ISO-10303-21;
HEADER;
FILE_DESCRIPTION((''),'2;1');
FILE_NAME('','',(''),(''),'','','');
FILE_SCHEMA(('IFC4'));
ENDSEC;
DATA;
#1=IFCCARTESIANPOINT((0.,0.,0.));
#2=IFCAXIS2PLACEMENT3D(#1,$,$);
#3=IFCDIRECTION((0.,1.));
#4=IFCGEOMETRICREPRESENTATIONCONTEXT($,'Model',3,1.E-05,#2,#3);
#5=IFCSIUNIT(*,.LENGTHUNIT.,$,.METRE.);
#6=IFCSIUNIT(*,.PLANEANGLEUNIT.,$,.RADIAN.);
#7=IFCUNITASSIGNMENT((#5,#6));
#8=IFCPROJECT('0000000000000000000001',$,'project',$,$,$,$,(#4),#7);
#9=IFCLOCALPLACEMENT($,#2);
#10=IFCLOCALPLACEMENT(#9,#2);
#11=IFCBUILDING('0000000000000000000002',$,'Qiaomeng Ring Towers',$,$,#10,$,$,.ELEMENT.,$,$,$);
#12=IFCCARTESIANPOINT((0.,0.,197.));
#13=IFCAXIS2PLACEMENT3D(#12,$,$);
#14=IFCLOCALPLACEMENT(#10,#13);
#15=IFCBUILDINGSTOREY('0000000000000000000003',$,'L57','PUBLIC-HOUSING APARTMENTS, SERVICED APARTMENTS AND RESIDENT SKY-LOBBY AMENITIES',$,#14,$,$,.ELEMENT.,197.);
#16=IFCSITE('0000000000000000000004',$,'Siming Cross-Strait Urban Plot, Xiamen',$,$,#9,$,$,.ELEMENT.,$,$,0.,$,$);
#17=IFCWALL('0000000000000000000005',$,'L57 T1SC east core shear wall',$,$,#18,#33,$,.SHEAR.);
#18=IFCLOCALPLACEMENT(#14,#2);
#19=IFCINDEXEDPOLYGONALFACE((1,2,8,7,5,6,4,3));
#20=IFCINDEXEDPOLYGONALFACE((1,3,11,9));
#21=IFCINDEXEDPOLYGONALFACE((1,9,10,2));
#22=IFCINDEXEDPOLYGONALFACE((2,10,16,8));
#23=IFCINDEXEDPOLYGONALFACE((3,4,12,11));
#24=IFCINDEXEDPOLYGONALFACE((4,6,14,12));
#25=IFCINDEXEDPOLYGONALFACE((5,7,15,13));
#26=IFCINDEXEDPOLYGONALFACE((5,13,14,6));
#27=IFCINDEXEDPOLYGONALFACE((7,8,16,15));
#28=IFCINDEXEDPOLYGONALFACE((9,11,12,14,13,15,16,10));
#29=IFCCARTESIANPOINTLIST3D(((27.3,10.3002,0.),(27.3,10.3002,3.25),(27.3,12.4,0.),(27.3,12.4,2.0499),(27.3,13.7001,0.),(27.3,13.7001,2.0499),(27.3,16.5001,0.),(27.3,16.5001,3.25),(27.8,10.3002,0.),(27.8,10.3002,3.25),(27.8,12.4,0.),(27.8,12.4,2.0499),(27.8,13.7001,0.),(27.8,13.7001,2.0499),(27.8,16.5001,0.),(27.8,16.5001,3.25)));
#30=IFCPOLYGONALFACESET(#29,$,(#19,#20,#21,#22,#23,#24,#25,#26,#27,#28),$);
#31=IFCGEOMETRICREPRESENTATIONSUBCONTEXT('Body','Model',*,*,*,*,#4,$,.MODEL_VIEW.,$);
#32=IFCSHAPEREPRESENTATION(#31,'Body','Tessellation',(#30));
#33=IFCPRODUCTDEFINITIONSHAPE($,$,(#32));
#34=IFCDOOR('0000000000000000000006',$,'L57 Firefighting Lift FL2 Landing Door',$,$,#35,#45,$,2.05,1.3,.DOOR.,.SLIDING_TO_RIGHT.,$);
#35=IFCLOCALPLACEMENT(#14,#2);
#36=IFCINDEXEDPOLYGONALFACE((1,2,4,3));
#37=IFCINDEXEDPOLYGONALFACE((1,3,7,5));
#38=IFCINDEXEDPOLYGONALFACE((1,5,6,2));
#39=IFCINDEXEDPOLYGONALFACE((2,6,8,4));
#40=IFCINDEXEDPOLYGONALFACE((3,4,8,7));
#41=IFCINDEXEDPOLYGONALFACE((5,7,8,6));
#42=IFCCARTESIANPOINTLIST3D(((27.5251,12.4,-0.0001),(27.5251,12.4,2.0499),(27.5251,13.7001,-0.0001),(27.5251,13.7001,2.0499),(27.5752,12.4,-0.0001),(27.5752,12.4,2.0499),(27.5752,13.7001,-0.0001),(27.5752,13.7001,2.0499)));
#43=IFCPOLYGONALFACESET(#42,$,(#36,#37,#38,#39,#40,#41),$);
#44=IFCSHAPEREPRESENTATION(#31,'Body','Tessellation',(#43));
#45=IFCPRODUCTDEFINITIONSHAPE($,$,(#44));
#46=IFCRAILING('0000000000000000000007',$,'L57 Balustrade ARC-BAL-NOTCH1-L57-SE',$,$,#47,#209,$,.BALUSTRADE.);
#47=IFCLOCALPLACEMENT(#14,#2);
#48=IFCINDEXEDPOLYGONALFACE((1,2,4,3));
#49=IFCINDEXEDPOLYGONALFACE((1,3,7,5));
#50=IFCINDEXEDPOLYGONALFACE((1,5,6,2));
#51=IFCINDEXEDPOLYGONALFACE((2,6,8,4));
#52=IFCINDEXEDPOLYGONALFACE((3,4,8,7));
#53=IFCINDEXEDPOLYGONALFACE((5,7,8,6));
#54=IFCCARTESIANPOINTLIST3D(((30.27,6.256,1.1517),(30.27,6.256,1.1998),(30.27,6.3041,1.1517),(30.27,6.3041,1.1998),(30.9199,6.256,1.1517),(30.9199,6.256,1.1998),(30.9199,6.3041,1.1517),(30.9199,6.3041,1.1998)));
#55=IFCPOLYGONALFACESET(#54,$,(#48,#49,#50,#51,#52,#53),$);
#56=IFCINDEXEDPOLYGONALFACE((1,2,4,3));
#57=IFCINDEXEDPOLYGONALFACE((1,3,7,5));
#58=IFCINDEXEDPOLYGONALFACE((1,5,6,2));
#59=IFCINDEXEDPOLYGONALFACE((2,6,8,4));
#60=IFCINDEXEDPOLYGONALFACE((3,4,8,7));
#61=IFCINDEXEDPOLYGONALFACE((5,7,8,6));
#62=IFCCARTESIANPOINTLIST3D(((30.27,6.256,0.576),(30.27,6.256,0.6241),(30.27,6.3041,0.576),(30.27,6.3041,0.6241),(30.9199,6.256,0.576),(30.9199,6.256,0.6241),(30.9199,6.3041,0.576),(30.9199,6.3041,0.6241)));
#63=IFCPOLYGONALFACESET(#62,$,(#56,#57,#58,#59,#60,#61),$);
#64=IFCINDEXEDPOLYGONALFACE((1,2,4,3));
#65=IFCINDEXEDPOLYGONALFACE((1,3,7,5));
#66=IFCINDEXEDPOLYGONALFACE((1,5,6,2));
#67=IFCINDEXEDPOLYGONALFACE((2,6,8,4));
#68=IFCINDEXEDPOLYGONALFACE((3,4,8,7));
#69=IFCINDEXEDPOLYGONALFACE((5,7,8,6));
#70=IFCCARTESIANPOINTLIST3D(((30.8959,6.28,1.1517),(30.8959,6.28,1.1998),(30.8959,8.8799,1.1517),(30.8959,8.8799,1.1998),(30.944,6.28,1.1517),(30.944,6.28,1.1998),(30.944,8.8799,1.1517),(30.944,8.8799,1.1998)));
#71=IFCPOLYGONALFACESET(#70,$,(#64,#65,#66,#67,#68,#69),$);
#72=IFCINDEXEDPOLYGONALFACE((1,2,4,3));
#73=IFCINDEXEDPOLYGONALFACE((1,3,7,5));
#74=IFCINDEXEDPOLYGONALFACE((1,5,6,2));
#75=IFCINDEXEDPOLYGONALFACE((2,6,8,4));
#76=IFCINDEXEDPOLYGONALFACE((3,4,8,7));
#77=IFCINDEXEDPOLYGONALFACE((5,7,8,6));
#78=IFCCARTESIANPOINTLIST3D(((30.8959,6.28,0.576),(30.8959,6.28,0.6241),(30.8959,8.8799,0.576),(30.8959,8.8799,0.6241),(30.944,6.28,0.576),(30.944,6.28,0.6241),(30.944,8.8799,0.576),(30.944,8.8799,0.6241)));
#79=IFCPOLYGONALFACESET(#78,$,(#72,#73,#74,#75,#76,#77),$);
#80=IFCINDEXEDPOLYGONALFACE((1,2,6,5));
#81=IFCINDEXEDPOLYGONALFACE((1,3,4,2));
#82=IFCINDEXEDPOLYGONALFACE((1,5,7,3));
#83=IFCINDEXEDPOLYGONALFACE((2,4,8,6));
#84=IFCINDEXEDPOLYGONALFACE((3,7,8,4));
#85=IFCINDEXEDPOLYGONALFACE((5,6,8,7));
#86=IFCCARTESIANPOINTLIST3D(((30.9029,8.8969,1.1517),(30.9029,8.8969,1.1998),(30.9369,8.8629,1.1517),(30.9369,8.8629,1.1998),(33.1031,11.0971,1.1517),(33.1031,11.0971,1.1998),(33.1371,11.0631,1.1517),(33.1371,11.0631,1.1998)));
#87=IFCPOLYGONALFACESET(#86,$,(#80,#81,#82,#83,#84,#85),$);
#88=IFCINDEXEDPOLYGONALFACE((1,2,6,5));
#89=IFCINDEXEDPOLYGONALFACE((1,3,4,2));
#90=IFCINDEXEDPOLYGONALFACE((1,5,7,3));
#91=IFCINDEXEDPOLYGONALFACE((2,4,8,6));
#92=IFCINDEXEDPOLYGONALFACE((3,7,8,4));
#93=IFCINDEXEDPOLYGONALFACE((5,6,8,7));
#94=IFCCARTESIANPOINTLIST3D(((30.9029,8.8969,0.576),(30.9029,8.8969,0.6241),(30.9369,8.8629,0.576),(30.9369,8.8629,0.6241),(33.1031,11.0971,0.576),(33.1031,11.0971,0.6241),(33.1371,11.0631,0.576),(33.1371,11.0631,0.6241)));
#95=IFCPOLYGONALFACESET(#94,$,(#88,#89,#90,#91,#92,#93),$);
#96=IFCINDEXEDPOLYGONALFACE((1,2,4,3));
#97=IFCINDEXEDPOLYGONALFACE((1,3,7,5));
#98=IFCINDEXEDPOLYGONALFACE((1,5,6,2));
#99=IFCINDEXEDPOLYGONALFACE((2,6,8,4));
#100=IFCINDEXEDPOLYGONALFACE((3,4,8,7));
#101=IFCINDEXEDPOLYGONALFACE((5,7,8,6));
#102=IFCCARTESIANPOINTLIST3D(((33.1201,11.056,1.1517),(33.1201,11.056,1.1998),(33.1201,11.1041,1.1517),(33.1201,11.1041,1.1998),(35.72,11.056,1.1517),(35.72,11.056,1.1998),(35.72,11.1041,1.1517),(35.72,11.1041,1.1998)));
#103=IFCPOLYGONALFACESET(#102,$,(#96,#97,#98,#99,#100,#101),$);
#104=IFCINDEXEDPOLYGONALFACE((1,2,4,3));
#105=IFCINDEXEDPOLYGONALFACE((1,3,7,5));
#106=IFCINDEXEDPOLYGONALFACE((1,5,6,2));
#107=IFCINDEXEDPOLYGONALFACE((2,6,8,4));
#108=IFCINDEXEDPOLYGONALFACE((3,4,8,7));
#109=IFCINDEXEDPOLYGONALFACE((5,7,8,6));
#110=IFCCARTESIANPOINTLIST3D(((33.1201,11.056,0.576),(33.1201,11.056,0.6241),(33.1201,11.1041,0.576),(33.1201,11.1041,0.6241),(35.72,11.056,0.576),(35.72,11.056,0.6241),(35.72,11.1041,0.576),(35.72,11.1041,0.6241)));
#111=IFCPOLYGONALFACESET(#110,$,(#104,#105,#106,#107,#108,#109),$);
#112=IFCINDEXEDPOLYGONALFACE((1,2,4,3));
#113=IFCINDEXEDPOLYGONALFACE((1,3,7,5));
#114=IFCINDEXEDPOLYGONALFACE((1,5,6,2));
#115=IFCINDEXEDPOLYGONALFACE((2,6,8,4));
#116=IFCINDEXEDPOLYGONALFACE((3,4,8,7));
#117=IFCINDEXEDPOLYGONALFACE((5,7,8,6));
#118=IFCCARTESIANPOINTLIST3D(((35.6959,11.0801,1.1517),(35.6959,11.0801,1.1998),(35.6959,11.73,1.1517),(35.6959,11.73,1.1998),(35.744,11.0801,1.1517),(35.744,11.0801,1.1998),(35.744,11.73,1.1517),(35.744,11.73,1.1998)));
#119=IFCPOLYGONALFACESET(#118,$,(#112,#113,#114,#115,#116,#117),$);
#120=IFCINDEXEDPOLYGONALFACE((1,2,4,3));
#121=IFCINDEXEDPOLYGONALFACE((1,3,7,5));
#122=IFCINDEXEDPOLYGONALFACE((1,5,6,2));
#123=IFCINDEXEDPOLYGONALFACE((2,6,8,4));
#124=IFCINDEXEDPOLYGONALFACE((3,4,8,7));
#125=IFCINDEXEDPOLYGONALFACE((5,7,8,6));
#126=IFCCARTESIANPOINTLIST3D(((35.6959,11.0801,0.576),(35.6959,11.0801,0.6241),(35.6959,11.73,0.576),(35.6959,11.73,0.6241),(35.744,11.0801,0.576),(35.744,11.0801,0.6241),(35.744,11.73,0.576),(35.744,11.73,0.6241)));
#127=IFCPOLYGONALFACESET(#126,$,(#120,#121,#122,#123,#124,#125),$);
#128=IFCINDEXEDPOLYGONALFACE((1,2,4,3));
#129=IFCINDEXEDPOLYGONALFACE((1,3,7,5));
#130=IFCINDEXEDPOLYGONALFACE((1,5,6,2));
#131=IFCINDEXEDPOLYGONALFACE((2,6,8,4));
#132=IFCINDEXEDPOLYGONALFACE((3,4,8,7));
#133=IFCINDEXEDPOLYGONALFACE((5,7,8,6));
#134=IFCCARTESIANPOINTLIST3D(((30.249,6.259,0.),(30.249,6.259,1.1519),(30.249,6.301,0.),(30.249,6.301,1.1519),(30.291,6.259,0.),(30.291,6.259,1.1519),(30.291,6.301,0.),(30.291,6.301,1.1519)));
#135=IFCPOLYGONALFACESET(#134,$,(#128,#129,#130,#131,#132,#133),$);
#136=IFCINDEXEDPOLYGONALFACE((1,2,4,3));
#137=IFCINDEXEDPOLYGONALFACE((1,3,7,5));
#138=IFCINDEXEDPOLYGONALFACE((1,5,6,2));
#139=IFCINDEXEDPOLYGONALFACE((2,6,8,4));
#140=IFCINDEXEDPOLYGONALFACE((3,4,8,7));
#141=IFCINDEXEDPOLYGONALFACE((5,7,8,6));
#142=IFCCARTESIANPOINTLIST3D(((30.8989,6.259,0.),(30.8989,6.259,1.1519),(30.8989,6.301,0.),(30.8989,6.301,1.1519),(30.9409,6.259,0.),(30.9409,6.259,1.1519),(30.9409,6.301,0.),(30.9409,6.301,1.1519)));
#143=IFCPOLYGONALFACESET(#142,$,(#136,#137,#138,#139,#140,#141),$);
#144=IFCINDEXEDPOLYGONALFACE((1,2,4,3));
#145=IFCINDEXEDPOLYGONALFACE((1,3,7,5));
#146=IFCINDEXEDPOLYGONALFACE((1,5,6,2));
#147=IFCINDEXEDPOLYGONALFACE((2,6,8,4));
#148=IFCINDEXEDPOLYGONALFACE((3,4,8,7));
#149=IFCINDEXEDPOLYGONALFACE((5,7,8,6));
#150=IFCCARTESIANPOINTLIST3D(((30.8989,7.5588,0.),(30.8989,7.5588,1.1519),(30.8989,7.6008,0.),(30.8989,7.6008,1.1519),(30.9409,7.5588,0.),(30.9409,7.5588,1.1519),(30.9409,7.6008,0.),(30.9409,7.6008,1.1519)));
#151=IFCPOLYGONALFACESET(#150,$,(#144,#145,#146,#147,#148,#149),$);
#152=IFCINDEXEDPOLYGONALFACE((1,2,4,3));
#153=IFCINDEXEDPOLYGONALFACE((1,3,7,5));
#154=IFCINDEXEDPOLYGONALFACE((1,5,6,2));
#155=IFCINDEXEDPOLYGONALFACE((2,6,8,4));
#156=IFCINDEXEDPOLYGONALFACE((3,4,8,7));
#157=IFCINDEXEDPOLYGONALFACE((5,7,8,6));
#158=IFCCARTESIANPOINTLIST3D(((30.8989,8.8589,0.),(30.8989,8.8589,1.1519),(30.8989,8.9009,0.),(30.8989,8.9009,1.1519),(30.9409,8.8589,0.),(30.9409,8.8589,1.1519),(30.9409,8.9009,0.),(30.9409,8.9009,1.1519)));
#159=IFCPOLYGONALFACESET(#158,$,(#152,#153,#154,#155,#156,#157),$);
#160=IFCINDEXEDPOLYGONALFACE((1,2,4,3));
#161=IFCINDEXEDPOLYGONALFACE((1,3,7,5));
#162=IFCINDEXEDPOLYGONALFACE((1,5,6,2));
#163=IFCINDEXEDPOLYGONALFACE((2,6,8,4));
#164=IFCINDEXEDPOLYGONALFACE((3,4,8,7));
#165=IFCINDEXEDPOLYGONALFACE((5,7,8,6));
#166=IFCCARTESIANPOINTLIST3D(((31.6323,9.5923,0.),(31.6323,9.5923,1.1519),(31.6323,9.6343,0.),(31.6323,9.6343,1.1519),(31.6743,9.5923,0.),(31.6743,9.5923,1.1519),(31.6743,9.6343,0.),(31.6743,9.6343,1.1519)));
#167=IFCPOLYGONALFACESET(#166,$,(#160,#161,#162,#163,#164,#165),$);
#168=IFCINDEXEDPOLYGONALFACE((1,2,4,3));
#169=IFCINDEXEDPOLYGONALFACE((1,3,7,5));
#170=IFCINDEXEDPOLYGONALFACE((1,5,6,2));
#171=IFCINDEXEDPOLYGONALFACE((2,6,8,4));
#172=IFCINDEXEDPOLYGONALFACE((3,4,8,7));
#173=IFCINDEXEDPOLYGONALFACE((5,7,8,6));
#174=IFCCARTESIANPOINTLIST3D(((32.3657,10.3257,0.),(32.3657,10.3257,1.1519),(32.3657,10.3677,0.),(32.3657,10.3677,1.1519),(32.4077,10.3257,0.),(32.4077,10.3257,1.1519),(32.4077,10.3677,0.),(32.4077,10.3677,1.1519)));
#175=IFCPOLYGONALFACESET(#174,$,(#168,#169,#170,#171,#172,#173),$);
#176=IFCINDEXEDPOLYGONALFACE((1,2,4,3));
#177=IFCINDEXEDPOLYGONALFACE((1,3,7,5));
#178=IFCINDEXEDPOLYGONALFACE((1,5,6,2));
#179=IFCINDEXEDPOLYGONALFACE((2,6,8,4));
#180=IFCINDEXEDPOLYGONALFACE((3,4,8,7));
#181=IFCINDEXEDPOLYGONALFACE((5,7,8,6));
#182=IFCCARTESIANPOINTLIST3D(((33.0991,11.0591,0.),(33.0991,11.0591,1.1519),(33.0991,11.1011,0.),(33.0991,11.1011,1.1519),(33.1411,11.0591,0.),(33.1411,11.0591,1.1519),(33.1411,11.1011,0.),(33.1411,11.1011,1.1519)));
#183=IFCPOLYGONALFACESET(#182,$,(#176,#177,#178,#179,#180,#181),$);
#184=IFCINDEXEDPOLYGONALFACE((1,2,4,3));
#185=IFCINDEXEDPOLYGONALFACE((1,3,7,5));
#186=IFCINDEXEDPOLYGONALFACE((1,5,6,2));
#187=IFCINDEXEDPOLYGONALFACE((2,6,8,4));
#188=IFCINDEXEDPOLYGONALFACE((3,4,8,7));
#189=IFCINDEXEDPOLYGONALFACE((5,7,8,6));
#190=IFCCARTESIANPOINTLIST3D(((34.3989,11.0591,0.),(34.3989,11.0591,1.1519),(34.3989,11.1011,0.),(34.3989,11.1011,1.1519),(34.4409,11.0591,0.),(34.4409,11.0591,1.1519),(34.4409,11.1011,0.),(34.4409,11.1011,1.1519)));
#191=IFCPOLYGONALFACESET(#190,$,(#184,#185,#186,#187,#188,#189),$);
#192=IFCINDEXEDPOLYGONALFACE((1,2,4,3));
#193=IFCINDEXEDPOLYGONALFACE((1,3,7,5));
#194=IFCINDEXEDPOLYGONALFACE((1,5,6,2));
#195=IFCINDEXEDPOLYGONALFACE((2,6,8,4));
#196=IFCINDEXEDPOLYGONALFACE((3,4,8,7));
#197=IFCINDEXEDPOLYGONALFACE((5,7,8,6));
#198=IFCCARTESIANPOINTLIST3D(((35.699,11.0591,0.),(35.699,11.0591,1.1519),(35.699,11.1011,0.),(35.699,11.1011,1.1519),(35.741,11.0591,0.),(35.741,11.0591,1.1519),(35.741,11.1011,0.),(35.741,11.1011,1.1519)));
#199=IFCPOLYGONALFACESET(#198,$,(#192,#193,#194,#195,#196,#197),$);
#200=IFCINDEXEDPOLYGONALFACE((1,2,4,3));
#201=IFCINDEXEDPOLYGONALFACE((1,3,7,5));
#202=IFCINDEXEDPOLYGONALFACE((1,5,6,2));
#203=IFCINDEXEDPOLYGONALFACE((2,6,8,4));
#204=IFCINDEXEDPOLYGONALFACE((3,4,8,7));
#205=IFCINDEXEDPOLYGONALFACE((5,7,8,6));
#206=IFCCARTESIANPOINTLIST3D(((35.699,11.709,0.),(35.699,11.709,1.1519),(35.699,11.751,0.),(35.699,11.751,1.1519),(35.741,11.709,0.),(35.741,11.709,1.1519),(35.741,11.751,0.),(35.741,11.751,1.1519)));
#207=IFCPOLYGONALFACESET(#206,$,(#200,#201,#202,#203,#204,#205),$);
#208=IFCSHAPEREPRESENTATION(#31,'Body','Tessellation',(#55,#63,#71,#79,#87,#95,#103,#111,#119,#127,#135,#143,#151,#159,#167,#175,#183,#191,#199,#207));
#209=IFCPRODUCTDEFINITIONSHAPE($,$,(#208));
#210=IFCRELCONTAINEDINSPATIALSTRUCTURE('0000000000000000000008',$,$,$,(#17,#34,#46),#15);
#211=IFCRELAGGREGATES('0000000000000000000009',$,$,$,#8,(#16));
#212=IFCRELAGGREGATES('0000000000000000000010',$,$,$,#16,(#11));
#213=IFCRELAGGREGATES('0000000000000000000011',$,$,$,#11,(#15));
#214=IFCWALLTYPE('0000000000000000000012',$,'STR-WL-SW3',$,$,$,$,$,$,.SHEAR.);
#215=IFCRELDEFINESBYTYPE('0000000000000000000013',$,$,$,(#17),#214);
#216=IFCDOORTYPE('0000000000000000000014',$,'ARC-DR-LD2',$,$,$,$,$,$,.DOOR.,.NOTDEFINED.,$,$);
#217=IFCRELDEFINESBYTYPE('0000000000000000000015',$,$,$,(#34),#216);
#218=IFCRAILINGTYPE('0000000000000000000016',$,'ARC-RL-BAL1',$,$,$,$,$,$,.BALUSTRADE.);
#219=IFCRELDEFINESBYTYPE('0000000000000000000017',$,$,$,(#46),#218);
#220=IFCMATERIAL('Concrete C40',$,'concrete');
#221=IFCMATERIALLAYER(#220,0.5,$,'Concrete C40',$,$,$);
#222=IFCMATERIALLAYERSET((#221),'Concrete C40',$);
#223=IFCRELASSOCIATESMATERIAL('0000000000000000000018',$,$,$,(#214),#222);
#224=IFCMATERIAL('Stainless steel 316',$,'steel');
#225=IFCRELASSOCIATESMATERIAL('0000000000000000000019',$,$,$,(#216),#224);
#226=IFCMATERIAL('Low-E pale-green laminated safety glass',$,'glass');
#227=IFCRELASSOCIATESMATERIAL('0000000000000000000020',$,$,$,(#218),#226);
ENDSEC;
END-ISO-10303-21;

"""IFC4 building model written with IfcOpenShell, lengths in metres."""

from ifc_helpers import new_model, si_unit, direction, frame, frame_2d, origin, origin_2d, place, context, subcontext, project, spatial, rectangle, extrude, source, transform, mapped, material, layer, layer_set, type_object, element, fill, save


model = new_model("IFC4")

# Units and contexts
model_context = context("Model", 3, precision=1e-05, world=origin(), true_north=direction((0.0, 1.0)))
body_context = subcontext(model_context, "Body", "Model", "MODEL_VIEW")
ifc_project = project(units=[si_unit("LENGTHUNIT", "METRE"), si_unit("PLANEANGLEUNIT", "RADIAN")], contexts=[model_context])

# Site, building, storey
site_placement = place(None, origin())
site = spatial("IfcSite", under=ifc_project, at=site_placement, Name="Siming Cross-Strait Urban Plot, Xiamen", CompositionType="ELEMENT", RefElevation=0.0)
building_placement = place(site_placement, origin())
building = spatial("IfcBuilding", under=site, at=building_placement, Name="Qiaomeng Ring Towers", CompositionType="ELEMENT")
storey_placement = place(building_placement, frame((0.0, 0.0, 197.0)))
storey = spatial("IfcBuildingStorey", under=building, at=storey_placement, Name="L57", Description="PUBLIC-HOUSING APARTMENTS, SERVICED APARTMENTS AND RESIDENT SKY-LOBBY AMENITIES", CompositionType="ELEMENT", Elevation=197.0)

# Shared definitions
ifc_material_1 = material(Name="Concrete C40", Category="concrete")

# Wall, opening, door
ifc_layer_1 = layer(ifc_material_1, 0.5, Name="Concrete C40")
ifc_layer_set_1 = layer_set([ifc_layer_1], Name="Concrete C40")
wall_type_1 = type_object("IfcWallType", Name="STR-WL-SW3", PredefinedType="SHEAR", material=ifc_layer_set_1)
wall_1_placement = place(storey_placement, frame((27.55, 10.3, 0.0), z_axis=(0.0, 0.0, 1.0), x_axis=(0.0, 1.0, 0.0)))
wall_1 = element("IfcWall", 1, at=wall_1_placement, inside=storey, type_object=wall_type_1, Name="L57 T1SC east core shear wall", PredefinedType="SHEAR", context=body_context, shape_type="SweptSolid", body=[
    extrude(rectangle(XDim=6.2, YDim=0.5, at=frame_2d((3.1001, 0.0))), origin(), (0.0, 0.0, 1.0), 3.25),
])
opening_1_placement = place(wall_1_placement, frame((2.1001, 0.0, 0.0)))
opening_1 = element("IfcOpeningElement", 2, at=opening_1_placement, cuts=wall_1, PredefinedType="OPENING", context=body_context, shape_type="SweptSolid", body=[
    extrude(rectangle(XDim=1.3, YDim=2.05, at=frame_2d((0.6499, 1.0249))), frame((0.0, 0.26, 0.0), z_axis=(0.0, -1.0, 0.0), x_axis=(1.0, 0.0, 0.0)), (0.0, 0.0, 1.0), 0.52),
])
ifc_material_2 = material(Name="Stainless steel 316", Category="steel")
door_type_1 = type_object("IfcDoorType", Name="ARC-DR-LD2", OperationType="NOTDEFINED", PredefinedType="DOOR", material=ifc_material_2)
shared_shape_1 = source(origin(), body_context, "Body", "SweptSolid", [
    extrude(rectangle(XDim=1.3, YDim=2.05, at=frame_2d((0.6499, 1.0249))), frame((0.0, 0.0249, 0.0), z_axis=(0.0, -1.0, 0.0), x_axis=(1.0, 0.0, 0.0)), (0.0, 0.0, 1.0), 0.05),
])
door_1_placement = place(opening_1_placement, origin())
door_1 = element("IfcDoor", 3, at=door_1_placement, inside=storey, type_object=door_type_1, Name="L57 Firefighting Lift FL2 Landing Door", OperationType="SLIDING_TO_RIGHT", OverallHeight=2.05, OverallWidth=1.3, PredefinedType="DOOR", context=body_context, shape_type="MappedRepresentation", body=[
    mapped(shared_shape_1, transform((0.0, 0.0, 0.0), x_axis=(1.0, 0.0, 0.0), y_axis=(0.0, 1.0, 0.0), z_axis=(0.0, 0.0, 1.0), scale=1.0)),
])
fill(opening_1, door_1)

# Railing
ifc_material_3 = material(Name="Low-E pale-green laminated safety glass", Category="glass")
railing_type = type_object("IfcRailingType", Name="ARC-RL-BAL1", PredefinedType="BALUSTRADE", material=ifc_material_3)
railing_placement = place(storey_placement, frame((30.27, 6.28, 0.0)))
element("IfcRailing", 4, at=railing_placement, inside=storey, type_object=railing_type, Name="L57 Balustrade ARC-BAL-NOTCH1-L57-SE", PredefinedType="BALUSTRADE", context=body_context, shape_type="SweptSolid", body=[
    extrude(rectangle(XDim=0.0481, YDim=0.0481, at=origin_2d()), frame((0.0, 0.0, 1.1758), z_axis=(1.0, 0.0, 0.0), x_axis=(0.0, 1.0, 0.0)), (0.0, 0.0, 1.0), 0.6499),
    extrude(rectangle(XDim=0.0481, YDim=0.0481, at=origin_2d()), frame((0.0, 0.0, 0.6001), z_axis=(1.0, 0.0, 0.0), x_axis=(0.0, 1.0, 0.0)), (0.0, 0.0, 1.0), 0.6499),
    extrude(rectangle(XDim=0.0481, YDim=0.0481, at=origin_2d()), frame((0.6499, 0.0, 1.1758), z_axis=(0.0, 1.0, 0.0), x_axis=(-1.0, 0.0, 0.0)), (0.0, 0.0, 1.0), 2.5999),
    extrude(rectangle(XDim=0.0481, YDim=0.0481, at=origin_2d()), frame((0.6499, 0.0, 0.6001), z_axis=(0.0, 1.0, 0.0), x_axis=(-1.0, 0.0, 0.0)), (0.0, 0.0, 1.0), 2.5999),
    extrude(rectangle(XDim=0.0481, YDim=0.0481, at=origin_2d()), frame((0.6499, 2.5999, 1.1758), z_axis=(0.707107, 0.707107, 0.0), x_axis=(-0.707107, 0.707107, 0.0)), (0.0, 0.0, 1.0), 3.1116),
    extrude(rectangle(XDim=0.0481, YDim=0.0481, at=origin_2d()), frame((0.6499, 2.5999, 0.6001), z_axis=(0.707107, 0.707107, 0.0), x_axis=(-0.707107, 0.707107, 0.0)), (0.0, 0.0, 1.0), 3.1116),
    extrude(rectangle(XDim=0.0481, YDim=0.0481, at=origin_2d()), frame((2.8501, 4.8, 1.1758), z_axis=(1.0, 0.0, 0.0), x_axis=(0.0, 1.0, 0.0)), (0.0, 0.0, 1.0), 2.5999),
    extrude(rectangle(XDim=0.0481, YDim=0.0481, at=origin_2d()), frame((2.8501, 4.8, 0.6001), z_axis=(1.0, 0.0, 0.0), x_axis=(0.0, 1.0, 0.0)), (0.0, 0.0, 1.0), 2.5999),
    extrude(rectangle(XDim=0.0481, YDim=0.0481, at=origin_2d()), frame((5.45, 4.8, 1.1758), z_axis=(0.0, 1.0, 0.0), x_axis=(-1.0, 0.0, 0.0)), (0.0, 0.0, 1.0), 0.6499),
    extrude(rectangle(XDim=0.0481, YDim=0.0481, at=origin_2d()), frame((5.45, 4.8, 0.6001), z_axis=(0.0, 1.0, 0.0), x_axis=(-1.0, 0.0, 0.0)), (0.0, 0.0, 1.0), 0.6499),
    extrude(rectangle(XDim=0.042, YDim=0.042, at=origin_2d()), origin(), (0.0, 0.0, 1.0), 1.1519),
    extrude(rectangle(XDim=0.042, YDim=0.042, at=origin_2d()), frame((0.6499, 0.0, 0.0)), (0.0, 0.0, 1.0), 1.1519),
    extrude(rectangle(XDim=0.042, YDim=0.042, at=origin_2d()), frame((0.6499, 1.2998, 0.0)), (0.0, 0.0, 1.0), 1.1519),
    extrude(rectangle(XDim=0.042, YDim=0.042, at=origin_2d()), frame((0.6499, 2.5999, 0.0)), (0.0, 0.0, 1.0), 1.1519),
    extrude(rectangle(XDim=0.042, YDim=0.042, at=origin_2d()), frame((1.3833, 3.3333, 0.0)), (0.0, 0.0, 1.0), 1.1519),
    extrude(rectangle(XDim=0.042, YDim=0.042, at=origin_2d()), frame((2.1167, 4.0667, 0.0)), (0.0, 0.0, 1.0), 1.1519),
    extrude(rectangle(XDim=0.042, YDim=0.042, at=origin_2d()), frame((2.8501, 4.8, 0.0)), (0.0, 0.0, 1.0), 1.1519),
    extrude(rectangle(XDim=0.042, YDim=0.042, at=origin_2d()), frame((4.1499, 4.8, 0.0)), (0.0, 0.0, 1.0), 1.1519),
    extrude(rectangle(XDim=0.042, YDim=0.042, at=origin_2d()), frame((5.45, 4.8, 0.0)), (0.0, 0.0, 1.0), 1.1519),
    extrude(rectangle(XDim=0.042, YDim=0.042, at=origin_2d()), frame((5.45, 5.45, 0.0)), (0.0, 0.0, 1.0), 1.1519),
])

save(model, "model.ifc")
